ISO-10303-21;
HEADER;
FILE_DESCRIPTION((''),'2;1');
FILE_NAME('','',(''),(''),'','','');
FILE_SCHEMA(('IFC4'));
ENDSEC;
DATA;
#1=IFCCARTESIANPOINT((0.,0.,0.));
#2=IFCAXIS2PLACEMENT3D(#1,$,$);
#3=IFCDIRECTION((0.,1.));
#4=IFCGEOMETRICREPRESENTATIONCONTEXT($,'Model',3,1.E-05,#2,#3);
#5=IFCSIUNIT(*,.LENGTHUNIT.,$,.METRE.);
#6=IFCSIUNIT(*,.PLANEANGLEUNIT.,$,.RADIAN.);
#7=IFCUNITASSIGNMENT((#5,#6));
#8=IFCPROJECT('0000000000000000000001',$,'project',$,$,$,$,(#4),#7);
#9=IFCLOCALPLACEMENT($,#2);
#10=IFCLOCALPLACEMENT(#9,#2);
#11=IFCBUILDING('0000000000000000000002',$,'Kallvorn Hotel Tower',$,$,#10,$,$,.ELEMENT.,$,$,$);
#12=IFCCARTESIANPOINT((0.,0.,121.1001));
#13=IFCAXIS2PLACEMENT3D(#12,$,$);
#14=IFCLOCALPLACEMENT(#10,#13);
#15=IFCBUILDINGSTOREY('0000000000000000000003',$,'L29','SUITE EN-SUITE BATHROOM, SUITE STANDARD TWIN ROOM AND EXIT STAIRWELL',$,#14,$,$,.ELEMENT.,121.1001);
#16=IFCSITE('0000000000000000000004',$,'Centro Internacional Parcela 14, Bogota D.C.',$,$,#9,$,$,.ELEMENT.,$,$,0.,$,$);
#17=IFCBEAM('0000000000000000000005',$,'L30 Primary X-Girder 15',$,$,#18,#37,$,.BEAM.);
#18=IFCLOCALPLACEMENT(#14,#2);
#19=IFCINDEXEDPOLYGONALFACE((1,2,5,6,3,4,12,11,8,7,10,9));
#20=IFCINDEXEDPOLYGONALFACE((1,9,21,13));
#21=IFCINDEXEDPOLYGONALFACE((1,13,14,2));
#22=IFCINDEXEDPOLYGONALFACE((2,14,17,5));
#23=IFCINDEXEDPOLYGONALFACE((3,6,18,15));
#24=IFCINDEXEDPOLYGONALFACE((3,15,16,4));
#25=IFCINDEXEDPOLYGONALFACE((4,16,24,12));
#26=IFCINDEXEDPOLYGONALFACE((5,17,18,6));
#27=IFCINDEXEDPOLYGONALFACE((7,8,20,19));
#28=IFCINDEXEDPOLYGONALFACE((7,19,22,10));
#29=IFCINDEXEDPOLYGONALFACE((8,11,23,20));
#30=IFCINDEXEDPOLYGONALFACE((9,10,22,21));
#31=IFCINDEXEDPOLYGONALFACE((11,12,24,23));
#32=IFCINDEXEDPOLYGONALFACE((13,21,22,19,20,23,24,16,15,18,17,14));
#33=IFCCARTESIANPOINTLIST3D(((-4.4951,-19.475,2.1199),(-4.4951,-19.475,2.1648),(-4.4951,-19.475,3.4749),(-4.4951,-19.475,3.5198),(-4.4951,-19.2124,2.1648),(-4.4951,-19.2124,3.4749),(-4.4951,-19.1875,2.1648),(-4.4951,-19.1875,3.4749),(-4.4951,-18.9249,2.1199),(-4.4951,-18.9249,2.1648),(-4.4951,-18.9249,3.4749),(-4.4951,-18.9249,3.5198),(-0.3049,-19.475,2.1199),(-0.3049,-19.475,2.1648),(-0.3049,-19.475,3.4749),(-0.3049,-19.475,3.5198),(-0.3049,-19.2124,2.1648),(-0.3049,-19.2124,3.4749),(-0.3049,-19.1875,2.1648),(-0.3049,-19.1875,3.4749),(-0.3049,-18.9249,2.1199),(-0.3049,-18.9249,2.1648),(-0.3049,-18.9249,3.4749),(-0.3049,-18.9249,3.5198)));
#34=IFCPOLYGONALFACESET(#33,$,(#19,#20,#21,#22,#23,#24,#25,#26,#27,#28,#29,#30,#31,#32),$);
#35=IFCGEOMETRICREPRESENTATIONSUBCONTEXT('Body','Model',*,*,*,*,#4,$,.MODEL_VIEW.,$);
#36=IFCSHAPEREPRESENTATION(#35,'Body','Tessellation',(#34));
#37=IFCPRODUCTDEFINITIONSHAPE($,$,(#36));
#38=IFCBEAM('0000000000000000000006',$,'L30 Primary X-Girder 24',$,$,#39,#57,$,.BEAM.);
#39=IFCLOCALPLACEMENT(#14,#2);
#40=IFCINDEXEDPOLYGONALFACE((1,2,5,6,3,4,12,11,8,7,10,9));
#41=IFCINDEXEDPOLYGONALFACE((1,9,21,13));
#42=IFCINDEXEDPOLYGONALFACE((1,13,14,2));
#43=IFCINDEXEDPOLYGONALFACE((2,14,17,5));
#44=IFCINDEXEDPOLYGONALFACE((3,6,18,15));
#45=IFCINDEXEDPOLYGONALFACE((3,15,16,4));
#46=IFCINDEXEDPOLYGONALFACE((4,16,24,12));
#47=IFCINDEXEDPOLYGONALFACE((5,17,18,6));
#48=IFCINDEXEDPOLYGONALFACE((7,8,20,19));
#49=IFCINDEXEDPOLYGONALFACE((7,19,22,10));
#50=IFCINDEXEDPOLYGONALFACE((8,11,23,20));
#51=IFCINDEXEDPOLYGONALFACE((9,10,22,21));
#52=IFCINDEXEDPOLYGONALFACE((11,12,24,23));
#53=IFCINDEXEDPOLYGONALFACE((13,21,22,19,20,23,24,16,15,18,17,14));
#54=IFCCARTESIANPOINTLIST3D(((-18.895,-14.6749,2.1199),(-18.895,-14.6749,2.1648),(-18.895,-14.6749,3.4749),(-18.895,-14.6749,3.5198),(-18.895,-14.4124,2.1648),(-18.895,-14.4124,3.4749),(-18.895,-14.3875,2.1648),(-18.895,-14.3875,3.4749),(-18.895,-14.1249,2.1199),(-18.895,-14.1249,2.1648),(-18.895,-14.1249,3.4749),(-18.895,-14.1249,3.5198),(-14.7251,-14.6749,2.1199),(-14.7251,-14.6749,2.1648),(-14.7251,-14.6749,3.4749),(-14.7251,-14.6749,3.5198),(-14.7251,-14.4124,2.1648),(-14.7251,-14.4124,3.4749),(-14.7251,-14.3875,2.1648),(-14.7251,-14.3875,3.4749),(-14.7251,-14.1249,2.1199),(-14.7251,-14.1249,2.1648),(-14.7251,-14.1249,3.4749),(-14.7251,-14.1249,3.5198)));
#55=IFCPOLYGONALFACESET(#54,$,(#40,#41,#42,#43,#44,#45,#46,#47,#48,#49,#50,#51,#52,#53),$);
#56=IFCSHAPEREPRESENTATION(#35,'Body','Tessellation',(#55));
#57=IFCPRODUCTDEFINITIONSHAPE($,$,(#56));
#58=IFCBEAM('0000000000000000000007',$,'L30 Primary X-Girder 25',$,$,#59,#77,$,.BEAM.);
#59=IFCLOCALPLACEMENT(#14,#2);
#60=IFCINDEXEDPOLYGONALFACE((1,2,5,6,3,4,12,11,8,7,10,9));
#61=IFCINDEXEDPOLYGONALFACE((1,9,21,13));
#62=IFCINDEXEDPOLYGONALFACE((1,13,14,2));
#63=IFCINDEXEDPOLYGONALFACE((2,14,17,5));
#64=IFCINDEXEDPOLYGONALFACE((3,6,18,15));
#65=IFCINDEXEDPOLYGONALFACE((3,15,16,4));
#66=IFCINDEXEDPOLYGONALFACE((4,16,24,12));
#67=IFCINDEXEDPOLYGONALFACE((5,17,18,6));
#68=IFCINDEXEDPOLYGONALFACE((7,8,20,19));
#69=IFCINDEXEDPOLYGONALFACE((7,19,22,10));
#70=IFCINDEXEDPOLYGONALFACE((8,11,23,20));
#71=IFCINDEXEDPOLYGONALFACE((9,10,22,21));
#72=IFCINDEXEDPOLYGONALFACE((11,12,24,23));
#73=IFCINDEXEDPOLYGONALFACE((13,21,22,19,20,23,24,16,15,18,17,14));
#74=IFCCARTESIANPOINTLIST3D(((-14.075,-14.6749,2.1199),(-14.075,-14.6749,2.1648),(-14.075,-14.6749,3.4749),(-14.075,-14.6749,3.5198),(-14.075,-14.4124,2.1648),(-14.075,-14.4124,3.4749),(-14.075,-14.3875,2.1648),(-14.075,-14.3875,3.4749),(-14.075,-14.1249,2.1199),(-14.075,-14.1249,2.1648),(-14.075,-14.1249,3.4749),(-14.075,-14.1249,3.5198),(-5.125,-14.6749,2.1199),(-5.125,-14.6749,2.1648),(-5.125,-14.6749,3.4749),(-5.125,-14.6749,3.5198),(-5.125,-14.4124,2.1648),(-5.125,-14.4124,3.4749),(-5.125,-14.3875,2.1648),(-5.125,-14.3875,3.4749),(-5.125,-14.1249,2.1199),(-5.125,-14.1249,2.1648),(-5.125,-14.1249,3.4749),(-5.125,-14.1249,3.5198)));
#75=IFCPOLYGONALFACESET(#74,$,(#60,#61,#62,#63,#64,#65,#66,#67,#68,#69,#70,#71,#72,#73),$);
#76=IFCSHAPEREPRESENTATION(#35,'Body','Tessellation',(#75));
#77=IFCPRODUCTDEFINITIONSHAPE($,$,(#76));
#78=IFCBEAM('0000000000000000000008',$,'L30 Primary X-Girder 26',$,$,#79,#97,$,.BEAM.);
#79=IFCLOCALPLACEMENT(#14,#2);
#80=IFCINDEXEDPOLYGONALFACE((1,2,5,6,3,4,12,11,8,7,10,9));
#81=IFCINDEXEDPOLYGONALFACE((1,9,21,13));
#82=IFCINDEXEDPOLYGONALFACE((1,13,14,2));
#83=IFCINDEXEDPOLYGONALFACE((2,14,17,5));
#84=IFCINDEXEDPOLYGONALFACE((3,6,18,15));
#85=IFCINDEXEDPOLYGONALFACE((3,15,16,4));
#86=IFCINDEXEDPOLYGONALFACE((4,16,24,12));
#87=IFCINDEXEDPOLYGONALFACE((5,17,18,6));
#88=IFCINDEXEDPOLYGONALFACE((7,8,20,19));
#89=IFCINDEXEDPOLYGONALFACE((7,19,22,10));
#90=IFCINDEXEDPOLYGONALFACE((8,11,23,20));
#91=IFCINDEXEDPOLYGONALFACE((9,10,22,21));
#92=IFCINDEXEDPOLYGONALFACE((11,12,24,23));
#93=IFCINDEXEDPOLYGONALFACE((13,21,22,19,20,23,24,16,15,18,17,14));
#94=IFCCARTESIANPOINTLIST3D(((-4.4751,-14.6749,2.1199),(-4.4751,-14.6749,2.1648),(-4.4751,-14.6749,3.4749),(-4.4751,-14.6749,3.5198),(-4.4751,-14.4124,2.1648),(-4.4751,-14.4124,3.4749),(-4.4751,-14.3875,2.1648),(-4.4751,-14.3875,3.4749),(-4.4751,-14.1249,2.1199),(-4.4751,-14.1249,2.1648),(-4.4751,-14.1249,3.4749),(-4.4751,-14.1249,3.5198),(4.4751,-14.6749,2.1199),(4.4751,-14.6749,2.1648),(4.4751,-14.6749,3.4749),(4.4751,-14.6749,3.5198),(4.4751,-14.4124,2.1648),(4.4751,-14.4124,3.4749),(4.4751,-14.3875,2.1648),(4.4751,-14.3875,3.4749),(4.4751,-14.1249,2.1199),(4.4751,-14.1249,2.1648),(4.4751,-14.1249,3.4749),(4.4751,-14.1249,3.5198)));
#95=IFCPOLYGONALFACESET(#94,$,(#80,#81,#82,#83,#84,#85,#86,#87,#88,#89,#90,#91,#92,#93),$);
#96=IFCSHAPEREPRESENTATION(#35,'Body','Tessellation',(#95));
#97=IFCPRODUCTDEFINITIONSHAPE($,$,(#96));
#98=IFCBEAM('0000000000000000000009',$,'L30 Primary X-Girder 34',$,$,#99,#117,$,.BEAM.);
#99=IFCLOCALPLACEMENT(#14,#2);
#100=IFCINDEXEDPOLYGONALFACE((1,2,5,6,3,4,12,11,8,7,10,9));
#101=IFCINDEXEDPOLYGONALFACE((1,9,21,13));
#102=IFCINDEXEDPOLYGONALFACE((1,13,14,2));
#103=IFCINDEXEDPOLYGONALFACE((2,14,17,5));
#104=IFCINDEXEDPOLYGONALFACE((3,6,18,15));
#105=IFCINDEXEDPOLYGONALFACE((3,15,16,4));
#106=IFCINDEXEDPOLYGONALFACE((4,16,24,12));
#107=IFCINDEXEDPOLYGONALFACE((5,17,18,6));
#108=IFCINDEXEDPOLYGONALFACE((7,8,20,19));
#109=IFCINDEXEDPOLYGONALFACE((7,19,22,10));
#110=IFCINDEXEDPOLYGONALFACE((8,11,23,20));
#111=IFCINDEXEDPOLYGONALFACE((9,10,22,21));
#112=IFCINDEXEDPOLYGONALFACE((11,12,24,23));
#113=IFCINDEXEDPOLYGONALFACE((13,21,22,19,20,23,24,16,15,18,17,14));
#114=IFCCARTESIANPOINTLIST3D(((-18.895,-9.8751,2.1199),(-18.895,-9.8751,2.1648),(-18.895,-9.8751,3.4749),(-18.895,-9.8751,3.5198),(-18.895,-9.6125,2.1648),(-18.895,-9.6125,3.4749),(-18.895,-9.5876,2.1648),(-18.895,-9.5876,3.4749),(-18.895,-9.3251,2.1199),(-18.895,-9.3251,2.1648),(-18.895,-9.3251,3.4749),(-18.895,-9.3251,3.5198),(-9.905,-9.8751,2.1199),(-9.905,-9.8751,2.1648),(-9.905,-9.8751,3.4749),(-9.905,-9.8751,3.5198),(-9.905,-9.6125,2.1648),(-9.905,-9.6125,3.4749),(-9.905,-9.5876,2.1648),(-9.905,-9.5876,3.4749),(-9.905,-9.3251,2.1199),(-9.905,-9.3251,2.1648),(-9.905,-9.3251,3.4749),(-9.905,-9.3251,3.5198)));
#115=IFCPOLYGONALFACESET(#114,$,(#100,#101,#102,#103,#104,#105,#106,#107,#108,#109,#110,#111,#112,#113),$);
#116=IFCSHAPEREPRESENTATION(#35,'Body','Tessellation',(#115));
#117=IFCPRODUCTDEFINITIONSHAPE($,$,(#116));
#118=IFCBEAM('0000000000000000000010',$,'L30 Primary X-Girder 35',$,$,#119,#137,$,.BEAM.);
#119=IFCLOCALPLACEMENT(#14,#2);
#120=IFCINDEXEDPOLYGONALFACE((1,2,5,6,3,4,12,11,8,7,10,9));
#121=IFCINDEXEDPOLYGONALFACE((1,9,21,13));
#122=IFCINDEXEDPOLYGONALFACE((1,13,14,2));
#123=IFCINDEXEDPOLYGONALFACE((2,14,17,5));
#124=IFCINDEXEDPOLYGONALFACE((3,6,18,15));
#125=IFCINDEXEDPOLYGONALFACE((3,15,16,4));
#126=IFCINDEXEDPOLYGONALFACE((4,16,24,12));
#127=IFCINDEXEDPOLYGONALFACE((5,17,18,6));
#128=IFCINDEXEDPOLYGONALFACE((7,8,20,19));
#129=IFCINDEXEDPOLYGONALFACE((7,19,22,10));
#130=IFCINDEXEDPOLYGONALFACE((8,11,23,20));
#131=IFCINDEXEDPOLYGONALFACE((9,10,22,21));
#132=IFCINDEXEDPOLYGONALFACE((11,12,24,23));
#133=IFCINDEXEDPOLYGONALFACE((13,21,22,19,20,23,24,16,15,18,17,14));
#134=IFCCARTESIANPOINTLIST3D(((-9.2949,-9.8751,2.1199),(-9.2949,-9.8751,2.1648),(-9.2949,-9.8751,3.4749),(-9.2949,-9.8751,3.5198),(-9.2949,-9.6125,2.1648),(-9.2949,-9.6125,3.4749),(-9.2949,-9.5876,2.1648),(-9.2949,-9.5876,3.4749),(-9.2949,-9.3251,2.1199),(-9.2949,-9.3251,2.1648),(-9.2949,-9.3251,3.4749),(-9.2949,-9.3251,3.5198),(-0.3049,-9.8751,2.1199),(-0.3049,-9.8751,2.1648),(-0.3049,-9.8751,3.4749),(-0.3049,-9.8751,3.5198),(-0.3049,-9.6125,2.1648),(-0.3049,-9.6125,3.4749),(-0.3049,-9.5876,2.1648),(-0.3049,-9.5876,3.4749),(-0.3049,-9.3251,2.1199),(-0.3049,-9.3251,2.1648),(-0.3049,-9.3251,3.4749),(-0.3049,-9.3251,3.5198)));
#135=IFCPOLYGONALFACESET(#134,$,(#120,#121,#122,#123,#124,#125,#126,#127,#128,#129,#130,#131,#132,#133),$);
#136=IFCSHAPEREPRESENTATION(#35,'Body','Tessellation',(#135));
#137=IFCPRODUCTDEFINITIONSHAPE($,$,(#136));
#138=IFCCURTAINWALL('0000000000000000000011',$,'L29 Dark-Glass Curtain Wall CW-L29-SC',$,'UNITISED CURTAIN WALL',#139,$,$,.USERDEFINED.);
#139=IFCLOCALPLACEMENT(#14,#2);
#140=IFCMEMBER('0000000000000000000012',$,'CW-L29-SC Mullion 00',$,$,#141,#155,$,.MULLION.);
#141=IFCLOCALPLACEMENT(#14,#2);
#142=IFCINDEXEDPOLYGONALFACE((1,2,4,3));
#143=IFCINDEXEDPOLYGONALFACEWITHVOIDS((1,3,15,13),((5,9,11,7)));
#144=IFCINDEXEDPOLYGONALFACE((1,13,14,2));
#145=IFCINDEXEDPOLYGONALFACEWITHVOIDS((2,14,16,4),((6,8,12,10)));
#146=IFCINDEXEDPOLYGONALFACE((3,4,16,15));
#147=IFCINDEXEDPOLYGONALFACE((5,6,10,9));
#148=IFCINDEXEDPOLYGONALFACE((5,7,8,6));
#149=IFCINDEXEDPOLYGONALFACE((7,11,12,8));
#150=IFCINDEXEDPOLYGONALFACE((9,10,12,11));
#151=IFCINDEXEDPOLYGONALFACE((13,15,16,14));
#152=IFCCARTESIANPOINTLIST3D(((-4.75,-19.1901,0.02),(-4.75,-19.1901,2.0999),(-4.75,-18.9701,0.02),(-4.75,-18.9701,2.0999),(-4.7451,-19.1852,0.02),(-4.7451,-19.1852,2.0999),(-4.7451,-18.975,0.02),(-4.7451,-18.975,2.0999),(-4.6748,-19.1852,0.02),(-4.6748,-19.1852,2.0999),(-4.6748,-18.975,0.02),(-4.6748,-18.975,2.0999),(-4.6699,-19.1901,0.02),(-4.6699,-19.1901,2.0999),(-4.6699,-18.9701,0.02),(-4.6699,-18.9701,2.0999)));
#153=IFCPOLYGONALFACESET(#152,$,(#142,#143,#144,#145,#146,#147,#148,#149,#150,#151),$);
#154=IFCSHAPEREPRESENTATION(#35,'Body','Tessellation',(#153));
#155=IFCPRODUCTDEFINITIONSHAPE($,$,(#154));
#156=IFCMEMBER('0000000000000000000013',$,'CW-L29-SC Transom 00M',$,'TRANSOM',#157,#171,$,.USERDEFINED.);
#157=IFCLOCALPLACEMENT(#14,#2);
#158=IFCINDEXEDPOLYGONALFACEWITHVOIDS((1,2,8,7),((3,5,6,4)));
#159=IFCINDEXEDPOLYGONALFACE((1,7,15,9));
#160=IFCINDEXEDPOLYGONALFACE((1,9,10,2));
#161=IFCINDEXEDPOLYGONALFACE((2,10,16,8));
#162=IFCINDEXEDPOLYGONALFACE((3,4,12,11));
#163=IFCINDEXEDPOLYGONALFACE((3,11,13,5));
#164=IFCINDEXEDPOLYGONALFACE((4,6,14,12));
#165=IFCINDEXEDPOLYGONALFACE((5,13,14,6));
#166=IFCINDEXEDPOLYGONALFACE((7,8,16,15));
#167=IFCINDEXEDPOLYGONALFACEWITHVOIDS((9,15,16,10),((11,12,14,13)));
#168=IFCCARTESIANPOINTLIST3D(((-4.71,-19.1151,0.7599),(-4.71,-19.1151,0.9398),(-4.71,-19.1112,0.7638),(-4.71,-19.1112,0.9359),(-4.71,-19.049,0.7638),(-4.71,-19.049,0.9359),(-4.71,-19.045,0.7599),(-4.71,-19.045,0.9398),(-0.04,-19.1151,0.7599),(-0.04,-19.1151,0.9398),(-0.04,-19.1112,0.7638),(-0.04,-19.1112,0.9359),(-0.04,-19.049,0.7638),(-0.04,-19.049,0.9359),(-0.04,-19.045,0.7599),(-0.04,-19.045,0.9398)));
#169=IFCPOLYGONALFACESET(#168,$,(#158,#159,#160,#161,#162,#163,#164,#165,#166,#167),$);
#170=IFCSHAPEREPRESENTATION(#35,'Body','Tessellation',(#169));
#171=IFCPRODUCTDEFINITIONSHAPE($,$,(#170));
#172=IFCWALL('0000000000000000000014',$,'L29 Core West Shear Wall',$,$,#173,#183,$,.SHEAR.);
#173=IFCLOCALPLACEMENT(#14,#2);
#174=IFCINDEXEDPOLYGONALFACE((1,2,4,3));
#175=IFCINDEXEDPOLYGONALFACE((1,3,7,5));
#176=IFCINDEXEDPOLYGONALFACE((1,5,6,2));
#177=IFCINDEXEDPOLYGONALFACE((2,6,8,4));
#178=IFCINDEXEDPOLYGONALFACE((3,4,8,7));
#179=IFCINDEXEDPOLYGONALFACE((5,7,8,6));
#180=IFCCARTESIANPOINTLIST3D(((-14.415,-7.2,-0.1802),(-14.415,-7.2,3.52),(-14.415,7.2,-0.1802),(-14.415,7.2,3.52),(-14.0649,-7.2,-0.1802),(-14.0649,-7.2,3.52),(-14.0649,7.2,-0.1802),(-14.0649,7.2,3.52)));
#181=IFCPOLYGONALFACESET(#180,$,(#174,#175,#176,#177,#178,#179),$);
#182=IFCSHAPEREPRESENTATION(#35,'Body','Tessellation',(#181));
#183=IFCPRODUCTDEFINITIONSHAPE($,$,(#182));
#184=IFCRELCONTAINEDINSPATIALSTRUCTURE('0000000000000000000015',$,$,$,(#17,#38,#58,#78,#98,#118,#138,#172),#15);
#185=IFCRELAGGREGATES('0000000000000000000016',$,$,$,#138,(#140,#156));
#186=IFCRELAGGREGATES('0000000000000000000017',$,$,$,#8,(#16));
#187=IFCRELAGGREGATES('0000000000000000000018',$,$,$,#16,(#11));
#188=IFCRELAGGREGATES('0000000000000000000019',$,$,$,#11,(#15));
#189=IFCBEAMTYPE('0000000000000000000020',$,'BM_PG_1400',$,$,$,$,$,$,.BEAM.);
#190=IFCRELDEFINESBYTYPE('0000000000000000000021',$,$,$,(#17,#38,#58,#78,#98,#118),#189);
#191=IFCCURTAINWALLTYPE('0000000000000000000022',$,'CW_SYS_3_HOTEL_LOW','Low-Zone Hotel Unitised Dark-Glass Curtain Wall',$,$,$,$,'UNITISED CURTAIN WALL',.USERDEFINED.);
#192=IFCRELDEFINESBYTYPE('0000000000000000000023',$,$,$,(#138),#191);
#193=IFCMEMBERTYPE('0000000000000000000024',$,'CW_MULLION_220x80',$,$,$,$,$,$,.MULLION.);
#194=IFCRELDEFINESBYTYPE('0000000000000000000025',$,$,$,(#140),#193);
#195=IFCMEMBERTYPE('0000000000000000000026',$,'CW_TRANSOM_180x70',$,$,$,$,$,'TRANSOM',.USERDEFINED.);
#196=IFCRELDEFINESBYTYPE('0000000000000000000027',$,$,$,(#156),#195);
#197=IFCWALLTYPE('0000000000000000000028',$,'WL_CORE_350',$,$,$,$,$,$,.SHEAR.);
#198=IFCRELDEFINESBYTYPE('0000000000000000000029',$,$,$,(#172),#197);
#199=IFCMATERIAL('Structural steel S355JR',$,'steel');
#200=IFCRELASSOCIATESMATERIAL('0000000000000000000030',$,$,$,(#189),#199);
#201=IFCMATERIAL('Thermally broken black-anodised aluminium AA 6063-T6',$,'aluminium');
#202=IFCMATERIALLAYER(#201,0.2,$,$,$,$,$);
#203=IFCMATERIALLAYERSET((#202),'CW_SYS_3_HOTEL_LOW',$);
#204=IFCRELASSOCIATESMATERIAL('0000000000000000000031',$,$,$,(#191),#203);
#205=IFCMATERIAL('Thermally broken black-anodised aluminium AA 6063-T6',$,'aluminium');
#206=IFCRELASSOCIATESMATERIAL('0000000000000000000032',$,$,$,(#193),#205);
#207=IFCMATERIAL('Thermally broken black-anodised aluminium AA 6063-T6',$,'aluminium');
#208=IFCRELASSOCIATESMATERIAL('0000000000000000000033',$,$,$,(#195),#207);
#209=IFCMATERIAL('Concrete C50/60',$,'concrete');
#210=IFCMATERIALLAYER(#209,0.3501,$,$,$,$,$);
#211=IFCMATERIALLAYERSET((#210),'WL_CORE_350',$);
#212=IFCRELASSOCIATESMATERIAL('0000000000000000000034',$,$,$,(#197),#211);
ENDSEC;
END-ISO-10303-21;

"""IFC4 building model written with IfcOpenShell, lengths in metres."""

from ifc_helpers import new_model, si_unit, direction, frame, frame_2d, origin, origin_2d, place, context, subcontext, project, spatial, rectangle, hollow_rectangle, i_section, extrude, material, layer, layer_set, material_profile, profile_set, type_object, element, aggregate, save


model = new_model("IFC4")

# Units and contexts
model_context = context("Model", 3, precision=1e-05, world=origin(), true_north=direction((0.0, 1.0)))
body_context = subcontext(model_context, "Body", "Model", "MODEL_VIEW")
ifc_project = project(units=[si_unit("LENGTHUNIT", "METRE"), si_unit("PLANEANGLEUNIT", "RADIAN")], contexts=[model_context])

# Site, building, storey
site_placement = place(None, origin())
site = spatial("IfcSite", under=ifc_project, at=site_placement, Name="Centro Internacional Parcela 14, Bogota D.C.", CompositionType="ELEMENT", RefElevation=0.0)
building_placement = place(site_placement, origin())
building = spatial("IfcBuilding", under=site, at=building_placement, Name="Kallvorn Hotel Tower", CompositionType="ELEMENT")
storey_placement = place(building_placement, frame((0.0, 0.0, 121.1001)))
storey = spatial("IfcBuildingStorey", under=building, at=storey_placement, Name="L29", Description="SUITE EN-SUITE BATHROOM, SUITE STANDARD TWIN ROOM AND EXIT STAIRWELL", CompositionType="ELEMENT", Elevation=121.1001)

# Beams
ifc_material_1 = material(Name="Structural steel S355JR", Category="steel")
ifc_material_profile_1 = material_profile(ifc_material_1, i_section(OverallWidth=0.55, OverallDepth=1.3999, WebThickness=0.0249, FlangeThickness=0.0449, at=origin_2d()), Name="PG 1400x550x25x45")
ifc_profile_set_1 = profile_set([ifc_material_profile_1], Name="Structural steel S355JR")
beam_type_1 = type_object("IfcBeamType", Name="BM_PG_1400", PredefinedType="BEAM", material=ifc_profile_set_1)
beam_1_placement = place(storey_placement, frame((-4.4951, -19.2, 2.8198), z_axis=(1.0, 0.0, 0.0), x_axis=(0.0, 1.0, 0.0)))
element("IfcBeam", 1, at=beam_1_placement, inside=storey, type_object=beam_type_1, Name="L30 Primary X-Girder 15", PredefinedType="BEAM", context=body_context, shape_type="SweptSolid", body=[
    extrude(i_section(OverallWidth=0.55, OverallDepth=1.3999, WebThickness=0.0249, FlangeThickness=0.0449, at=origin_2d()), origin(), (0.0, 0.0, 1.0), 4.1902),
])
beam_2_placement = place(storey_placement, frame((-18.895, -14.3999, 2.8198), z_axis=(1.0, 0.0, 0.0), x_axis=(0.0, 1.0, 0.0)))
element("IfcBeam", 2, at=beam_2_placement, inside=storey, type_object=beam_type_1, Name="L30 Primary X-Girder 24", PredefinedType="BEAM", context=body_context, shape_type="SweptSolid", body=[
    extrude(i_section(OverallWidth=0.55, OverallDepth=1.3999, WebThickness=0.0249, FlangeThickness=0.0449, at=origin_2d()), origin(), (0.0, 0.0, 1.0), 4.1699),
])
beam_3_placement = place(storey_placement, frame((-14.075, -14.3999, 2.8198), z_axis=(1.0, 0.0, 0.0), x_axis=(0.0, 1.0, 0.0)))
element("IfcBeam", 3, at=beam_3_placement, inside=storey, type_object=beam_type_1, Name="L30 Primary X-Girder 25", PredefinedType="BEAM", context=body_context, shape_type="SweptSolid", body=[
    extrude(i_section(OverallWidth=0.55, OverallDepth=1.3999, WebThickness=0.0249, FlangeThickness=0.0449, at=origin_2d()), origin(), (0.0, 0.0, 1.0), 8.95),
])
beam_4_placement = place(storey_placement, frame((-4.4751, -14.3999, 2.8198), z_axis=(1.0, 0.0, 0.0), x_axis=(0.0, 1.0, 0.0)))
element("IfcBeam", 4, at=beam_4_placement, inside=storey, type_object=beam_type_1, Name="L30 Primary X-Girder 26", PredefinedType="BEAM", context=body_context, shape_type="SweptSolid", body=[
    extrude(i_section(OverallWidth=0.55, OverallDepth=1.3999, WebThickness=0.0249, FlangeThickness=0.0449, at=origin_2d()), origin(), (0.0, 0.0, 1.0), 8.9502),
])
for number, where, z_axis, x_axis, name in (
    (5, (-18.895, -9.6001, 2.8198), (1.0, 0.0, 0.0), (0.0, 1.0, 0.0), "L30 Primary X-Girder 34"),
    (6, (-9.2949, -9.6001, 2.8198), (1.0, 0.0, 0.0), (0.0, 1.0, 0.0), "L30 Primary X-Girder 35"),
):
    element("IfcBeam", number, at=place(storey_placement, frame(where, z_axis=z_axis, x_axis=x_axis)), inside=storey, type_object=beam_type_1, Name=name, PredefinedType="BEAM", context=body_context, shape_type="SweptSolid", body=[
        extrude(i_section(OverallWidth=0.55, OverallDepth=1.3999, WebThickness=0.0249, FlangeThickness=0.0449, at=origin_2d()), origin(), (0.0, 0.0, 1.0), 8.99),
    ])

# Curtain wall, members
ifc_material_2 = material(Name="Thermally broken black-anodised aluminium AA 6063-T6", Category="aluminium")
ifc_layer_1 = layer(ifc_material_2, 0.2)
ifc_layer_set_1 = layer_set([ifc_layer_1], Name="CW_SYS_3_HOTEL_LOW")
curtain_wall_type = type_object("IfcCurtainWallType", Name="CW_SYS_3_HOTEL_LOW", Description="Low-Zone Hotel Unitised Dark-Glass Curtain Wall", ElementType="UNITISED CURTAIN WALL", PredefinedType="USERDEFINED", material=ifc_layer_set_1)
curtain_wall_placement = place(storey_placement, origin())
curtain_wall = element("IfcCurtainWall", 7, at=curtain_wall_placement, inside=storey, type_object=curtain_wall_type, Name="L29 Dark-Glass Curtain Wall CW-L29-SC", ObjectType="UNITISED CURTAIN WALL", PredefinedType="USERDEFINED")
ifc_material_3 = material(Name="Thermally broken black-anodised aluminium AA 6063-T6", Category="aluminium")
ifc_material_profile_2 = material_profile(ifc_material_3, hollow_rectangle(XDim=0.0801, YDim=0.22, WallThickness=0.0049, at=origin_2d()), Name="MUL 220x80")
ifc_profile_set_2 = profile_set([ifc_material_profile_2], Name="Thermally broken black-anodised aluminium AA 6063-T6")
member_type_1 = type_object("IfcMemberType", Name="CW_MULLION_220x80", PredefinedType="MULLION", material=ifc_profile_set_2)
member_1_placement = place(storey_placement, frame((-4.71, -19.0801, 0.02), z_axis=(0.0, 0.0, 1.0), x_axis=(1.0, 0.0, 0.0)))
member_1 = element("IfcMember", 8, at=member_1_placement, type_object=member_type_1, Name="CW-L29-SC Mullion 00", PredefinedType="MULLION", context=body_context, shape_type="SweptSolid", body=[
    extrude(hollow_rectangle(XDim=0.0801, YDim=0.22, WallThickness=0.0049, at=origin_2d()), origin(), (0.0, 0.0, 1.0), 2.0798),
])
ifc_material_4 = material(Name="Thermally broken black-anodised aluminium AA 6063-T6", Category="aluminium")
ifc_material_profile_3 = material_profile(ifc_material_4, hollow_rectangle(XDim=0.0701, YDim=0.1799, WallThickness=0.0039, at=origin_2d()), Name="TRN 180x70")
ifc_profile_set_3 = profile_set([ifc_material_profile_3], Name="Thermally broken black-anodised aluminium AA 6063-T6")
member_type_2 = type_object("IfcMemberType", Name="CW_TRANSOM_180x70", ElementType="TRANSOM", PredefinedType="USERDEFINED", material=ifc_profile_set_3)
member_2_placement = place(storey_placement, frame((-4.71, -19.0801, 0.8499), z_axis=(1.0, 0.0, 0.0), x_axis=(0.0, 1.0, 0.0)))
member_2 = element("IfcMember", 9, at=member_2_placement, type_object=member_type_2, Name="CW-L29-SC Transom 00M", ObjectType="TRANSOM", PredefinedType="USERDEFINED", context=body_context, shape_type="SweptSolid", body=[
    extrude(hollow_rectangle(XDim=0.0701, YDim=0.1799, WallThickness=0.0039, at=origin_2d()), origin(), (0.0, 0.0, 1.0), 4.6699),
])
aggregate(curtain_wall, [member_1, member_2])

# Wall
ifc_material_5 = material(Name="Concrete C50/60", Category="concrete")
ifc_layer_2 = layer(ifc_material_5, 0.3501)
ifc_layer_set_2 = layer_set([ifc_layer_2], Name="WL_CORE_350")
wall_type_1 = type_object("IfcWallType", Name="WL_CORE_350", PredefinedType="SHEAR", material=ifc_layer_set_2)
wall_1_placement = place(storey_placement, frame((-14.24, -7.2, -0.1802), z_axis=(0.0, 0.0, 1.0), x_axis=(0.0, 1.0, 0.0)))
element("IfcWall", 10, at=wall_1_placement, inside=storey, type_object=wall_type_1, Name="L29 Core West Shear Wall", PredefinedType="SHEAR", context=body_context, shape_type="SweptSolid", body=[
    extrude(rectangle(XDim=14.3999, YDim=0.3501, at=frame_2d((7.2, 0.0))), origin(), (0.0, 0.0, 1.0), 3.7002),
])

save(model, "model.ifc")
